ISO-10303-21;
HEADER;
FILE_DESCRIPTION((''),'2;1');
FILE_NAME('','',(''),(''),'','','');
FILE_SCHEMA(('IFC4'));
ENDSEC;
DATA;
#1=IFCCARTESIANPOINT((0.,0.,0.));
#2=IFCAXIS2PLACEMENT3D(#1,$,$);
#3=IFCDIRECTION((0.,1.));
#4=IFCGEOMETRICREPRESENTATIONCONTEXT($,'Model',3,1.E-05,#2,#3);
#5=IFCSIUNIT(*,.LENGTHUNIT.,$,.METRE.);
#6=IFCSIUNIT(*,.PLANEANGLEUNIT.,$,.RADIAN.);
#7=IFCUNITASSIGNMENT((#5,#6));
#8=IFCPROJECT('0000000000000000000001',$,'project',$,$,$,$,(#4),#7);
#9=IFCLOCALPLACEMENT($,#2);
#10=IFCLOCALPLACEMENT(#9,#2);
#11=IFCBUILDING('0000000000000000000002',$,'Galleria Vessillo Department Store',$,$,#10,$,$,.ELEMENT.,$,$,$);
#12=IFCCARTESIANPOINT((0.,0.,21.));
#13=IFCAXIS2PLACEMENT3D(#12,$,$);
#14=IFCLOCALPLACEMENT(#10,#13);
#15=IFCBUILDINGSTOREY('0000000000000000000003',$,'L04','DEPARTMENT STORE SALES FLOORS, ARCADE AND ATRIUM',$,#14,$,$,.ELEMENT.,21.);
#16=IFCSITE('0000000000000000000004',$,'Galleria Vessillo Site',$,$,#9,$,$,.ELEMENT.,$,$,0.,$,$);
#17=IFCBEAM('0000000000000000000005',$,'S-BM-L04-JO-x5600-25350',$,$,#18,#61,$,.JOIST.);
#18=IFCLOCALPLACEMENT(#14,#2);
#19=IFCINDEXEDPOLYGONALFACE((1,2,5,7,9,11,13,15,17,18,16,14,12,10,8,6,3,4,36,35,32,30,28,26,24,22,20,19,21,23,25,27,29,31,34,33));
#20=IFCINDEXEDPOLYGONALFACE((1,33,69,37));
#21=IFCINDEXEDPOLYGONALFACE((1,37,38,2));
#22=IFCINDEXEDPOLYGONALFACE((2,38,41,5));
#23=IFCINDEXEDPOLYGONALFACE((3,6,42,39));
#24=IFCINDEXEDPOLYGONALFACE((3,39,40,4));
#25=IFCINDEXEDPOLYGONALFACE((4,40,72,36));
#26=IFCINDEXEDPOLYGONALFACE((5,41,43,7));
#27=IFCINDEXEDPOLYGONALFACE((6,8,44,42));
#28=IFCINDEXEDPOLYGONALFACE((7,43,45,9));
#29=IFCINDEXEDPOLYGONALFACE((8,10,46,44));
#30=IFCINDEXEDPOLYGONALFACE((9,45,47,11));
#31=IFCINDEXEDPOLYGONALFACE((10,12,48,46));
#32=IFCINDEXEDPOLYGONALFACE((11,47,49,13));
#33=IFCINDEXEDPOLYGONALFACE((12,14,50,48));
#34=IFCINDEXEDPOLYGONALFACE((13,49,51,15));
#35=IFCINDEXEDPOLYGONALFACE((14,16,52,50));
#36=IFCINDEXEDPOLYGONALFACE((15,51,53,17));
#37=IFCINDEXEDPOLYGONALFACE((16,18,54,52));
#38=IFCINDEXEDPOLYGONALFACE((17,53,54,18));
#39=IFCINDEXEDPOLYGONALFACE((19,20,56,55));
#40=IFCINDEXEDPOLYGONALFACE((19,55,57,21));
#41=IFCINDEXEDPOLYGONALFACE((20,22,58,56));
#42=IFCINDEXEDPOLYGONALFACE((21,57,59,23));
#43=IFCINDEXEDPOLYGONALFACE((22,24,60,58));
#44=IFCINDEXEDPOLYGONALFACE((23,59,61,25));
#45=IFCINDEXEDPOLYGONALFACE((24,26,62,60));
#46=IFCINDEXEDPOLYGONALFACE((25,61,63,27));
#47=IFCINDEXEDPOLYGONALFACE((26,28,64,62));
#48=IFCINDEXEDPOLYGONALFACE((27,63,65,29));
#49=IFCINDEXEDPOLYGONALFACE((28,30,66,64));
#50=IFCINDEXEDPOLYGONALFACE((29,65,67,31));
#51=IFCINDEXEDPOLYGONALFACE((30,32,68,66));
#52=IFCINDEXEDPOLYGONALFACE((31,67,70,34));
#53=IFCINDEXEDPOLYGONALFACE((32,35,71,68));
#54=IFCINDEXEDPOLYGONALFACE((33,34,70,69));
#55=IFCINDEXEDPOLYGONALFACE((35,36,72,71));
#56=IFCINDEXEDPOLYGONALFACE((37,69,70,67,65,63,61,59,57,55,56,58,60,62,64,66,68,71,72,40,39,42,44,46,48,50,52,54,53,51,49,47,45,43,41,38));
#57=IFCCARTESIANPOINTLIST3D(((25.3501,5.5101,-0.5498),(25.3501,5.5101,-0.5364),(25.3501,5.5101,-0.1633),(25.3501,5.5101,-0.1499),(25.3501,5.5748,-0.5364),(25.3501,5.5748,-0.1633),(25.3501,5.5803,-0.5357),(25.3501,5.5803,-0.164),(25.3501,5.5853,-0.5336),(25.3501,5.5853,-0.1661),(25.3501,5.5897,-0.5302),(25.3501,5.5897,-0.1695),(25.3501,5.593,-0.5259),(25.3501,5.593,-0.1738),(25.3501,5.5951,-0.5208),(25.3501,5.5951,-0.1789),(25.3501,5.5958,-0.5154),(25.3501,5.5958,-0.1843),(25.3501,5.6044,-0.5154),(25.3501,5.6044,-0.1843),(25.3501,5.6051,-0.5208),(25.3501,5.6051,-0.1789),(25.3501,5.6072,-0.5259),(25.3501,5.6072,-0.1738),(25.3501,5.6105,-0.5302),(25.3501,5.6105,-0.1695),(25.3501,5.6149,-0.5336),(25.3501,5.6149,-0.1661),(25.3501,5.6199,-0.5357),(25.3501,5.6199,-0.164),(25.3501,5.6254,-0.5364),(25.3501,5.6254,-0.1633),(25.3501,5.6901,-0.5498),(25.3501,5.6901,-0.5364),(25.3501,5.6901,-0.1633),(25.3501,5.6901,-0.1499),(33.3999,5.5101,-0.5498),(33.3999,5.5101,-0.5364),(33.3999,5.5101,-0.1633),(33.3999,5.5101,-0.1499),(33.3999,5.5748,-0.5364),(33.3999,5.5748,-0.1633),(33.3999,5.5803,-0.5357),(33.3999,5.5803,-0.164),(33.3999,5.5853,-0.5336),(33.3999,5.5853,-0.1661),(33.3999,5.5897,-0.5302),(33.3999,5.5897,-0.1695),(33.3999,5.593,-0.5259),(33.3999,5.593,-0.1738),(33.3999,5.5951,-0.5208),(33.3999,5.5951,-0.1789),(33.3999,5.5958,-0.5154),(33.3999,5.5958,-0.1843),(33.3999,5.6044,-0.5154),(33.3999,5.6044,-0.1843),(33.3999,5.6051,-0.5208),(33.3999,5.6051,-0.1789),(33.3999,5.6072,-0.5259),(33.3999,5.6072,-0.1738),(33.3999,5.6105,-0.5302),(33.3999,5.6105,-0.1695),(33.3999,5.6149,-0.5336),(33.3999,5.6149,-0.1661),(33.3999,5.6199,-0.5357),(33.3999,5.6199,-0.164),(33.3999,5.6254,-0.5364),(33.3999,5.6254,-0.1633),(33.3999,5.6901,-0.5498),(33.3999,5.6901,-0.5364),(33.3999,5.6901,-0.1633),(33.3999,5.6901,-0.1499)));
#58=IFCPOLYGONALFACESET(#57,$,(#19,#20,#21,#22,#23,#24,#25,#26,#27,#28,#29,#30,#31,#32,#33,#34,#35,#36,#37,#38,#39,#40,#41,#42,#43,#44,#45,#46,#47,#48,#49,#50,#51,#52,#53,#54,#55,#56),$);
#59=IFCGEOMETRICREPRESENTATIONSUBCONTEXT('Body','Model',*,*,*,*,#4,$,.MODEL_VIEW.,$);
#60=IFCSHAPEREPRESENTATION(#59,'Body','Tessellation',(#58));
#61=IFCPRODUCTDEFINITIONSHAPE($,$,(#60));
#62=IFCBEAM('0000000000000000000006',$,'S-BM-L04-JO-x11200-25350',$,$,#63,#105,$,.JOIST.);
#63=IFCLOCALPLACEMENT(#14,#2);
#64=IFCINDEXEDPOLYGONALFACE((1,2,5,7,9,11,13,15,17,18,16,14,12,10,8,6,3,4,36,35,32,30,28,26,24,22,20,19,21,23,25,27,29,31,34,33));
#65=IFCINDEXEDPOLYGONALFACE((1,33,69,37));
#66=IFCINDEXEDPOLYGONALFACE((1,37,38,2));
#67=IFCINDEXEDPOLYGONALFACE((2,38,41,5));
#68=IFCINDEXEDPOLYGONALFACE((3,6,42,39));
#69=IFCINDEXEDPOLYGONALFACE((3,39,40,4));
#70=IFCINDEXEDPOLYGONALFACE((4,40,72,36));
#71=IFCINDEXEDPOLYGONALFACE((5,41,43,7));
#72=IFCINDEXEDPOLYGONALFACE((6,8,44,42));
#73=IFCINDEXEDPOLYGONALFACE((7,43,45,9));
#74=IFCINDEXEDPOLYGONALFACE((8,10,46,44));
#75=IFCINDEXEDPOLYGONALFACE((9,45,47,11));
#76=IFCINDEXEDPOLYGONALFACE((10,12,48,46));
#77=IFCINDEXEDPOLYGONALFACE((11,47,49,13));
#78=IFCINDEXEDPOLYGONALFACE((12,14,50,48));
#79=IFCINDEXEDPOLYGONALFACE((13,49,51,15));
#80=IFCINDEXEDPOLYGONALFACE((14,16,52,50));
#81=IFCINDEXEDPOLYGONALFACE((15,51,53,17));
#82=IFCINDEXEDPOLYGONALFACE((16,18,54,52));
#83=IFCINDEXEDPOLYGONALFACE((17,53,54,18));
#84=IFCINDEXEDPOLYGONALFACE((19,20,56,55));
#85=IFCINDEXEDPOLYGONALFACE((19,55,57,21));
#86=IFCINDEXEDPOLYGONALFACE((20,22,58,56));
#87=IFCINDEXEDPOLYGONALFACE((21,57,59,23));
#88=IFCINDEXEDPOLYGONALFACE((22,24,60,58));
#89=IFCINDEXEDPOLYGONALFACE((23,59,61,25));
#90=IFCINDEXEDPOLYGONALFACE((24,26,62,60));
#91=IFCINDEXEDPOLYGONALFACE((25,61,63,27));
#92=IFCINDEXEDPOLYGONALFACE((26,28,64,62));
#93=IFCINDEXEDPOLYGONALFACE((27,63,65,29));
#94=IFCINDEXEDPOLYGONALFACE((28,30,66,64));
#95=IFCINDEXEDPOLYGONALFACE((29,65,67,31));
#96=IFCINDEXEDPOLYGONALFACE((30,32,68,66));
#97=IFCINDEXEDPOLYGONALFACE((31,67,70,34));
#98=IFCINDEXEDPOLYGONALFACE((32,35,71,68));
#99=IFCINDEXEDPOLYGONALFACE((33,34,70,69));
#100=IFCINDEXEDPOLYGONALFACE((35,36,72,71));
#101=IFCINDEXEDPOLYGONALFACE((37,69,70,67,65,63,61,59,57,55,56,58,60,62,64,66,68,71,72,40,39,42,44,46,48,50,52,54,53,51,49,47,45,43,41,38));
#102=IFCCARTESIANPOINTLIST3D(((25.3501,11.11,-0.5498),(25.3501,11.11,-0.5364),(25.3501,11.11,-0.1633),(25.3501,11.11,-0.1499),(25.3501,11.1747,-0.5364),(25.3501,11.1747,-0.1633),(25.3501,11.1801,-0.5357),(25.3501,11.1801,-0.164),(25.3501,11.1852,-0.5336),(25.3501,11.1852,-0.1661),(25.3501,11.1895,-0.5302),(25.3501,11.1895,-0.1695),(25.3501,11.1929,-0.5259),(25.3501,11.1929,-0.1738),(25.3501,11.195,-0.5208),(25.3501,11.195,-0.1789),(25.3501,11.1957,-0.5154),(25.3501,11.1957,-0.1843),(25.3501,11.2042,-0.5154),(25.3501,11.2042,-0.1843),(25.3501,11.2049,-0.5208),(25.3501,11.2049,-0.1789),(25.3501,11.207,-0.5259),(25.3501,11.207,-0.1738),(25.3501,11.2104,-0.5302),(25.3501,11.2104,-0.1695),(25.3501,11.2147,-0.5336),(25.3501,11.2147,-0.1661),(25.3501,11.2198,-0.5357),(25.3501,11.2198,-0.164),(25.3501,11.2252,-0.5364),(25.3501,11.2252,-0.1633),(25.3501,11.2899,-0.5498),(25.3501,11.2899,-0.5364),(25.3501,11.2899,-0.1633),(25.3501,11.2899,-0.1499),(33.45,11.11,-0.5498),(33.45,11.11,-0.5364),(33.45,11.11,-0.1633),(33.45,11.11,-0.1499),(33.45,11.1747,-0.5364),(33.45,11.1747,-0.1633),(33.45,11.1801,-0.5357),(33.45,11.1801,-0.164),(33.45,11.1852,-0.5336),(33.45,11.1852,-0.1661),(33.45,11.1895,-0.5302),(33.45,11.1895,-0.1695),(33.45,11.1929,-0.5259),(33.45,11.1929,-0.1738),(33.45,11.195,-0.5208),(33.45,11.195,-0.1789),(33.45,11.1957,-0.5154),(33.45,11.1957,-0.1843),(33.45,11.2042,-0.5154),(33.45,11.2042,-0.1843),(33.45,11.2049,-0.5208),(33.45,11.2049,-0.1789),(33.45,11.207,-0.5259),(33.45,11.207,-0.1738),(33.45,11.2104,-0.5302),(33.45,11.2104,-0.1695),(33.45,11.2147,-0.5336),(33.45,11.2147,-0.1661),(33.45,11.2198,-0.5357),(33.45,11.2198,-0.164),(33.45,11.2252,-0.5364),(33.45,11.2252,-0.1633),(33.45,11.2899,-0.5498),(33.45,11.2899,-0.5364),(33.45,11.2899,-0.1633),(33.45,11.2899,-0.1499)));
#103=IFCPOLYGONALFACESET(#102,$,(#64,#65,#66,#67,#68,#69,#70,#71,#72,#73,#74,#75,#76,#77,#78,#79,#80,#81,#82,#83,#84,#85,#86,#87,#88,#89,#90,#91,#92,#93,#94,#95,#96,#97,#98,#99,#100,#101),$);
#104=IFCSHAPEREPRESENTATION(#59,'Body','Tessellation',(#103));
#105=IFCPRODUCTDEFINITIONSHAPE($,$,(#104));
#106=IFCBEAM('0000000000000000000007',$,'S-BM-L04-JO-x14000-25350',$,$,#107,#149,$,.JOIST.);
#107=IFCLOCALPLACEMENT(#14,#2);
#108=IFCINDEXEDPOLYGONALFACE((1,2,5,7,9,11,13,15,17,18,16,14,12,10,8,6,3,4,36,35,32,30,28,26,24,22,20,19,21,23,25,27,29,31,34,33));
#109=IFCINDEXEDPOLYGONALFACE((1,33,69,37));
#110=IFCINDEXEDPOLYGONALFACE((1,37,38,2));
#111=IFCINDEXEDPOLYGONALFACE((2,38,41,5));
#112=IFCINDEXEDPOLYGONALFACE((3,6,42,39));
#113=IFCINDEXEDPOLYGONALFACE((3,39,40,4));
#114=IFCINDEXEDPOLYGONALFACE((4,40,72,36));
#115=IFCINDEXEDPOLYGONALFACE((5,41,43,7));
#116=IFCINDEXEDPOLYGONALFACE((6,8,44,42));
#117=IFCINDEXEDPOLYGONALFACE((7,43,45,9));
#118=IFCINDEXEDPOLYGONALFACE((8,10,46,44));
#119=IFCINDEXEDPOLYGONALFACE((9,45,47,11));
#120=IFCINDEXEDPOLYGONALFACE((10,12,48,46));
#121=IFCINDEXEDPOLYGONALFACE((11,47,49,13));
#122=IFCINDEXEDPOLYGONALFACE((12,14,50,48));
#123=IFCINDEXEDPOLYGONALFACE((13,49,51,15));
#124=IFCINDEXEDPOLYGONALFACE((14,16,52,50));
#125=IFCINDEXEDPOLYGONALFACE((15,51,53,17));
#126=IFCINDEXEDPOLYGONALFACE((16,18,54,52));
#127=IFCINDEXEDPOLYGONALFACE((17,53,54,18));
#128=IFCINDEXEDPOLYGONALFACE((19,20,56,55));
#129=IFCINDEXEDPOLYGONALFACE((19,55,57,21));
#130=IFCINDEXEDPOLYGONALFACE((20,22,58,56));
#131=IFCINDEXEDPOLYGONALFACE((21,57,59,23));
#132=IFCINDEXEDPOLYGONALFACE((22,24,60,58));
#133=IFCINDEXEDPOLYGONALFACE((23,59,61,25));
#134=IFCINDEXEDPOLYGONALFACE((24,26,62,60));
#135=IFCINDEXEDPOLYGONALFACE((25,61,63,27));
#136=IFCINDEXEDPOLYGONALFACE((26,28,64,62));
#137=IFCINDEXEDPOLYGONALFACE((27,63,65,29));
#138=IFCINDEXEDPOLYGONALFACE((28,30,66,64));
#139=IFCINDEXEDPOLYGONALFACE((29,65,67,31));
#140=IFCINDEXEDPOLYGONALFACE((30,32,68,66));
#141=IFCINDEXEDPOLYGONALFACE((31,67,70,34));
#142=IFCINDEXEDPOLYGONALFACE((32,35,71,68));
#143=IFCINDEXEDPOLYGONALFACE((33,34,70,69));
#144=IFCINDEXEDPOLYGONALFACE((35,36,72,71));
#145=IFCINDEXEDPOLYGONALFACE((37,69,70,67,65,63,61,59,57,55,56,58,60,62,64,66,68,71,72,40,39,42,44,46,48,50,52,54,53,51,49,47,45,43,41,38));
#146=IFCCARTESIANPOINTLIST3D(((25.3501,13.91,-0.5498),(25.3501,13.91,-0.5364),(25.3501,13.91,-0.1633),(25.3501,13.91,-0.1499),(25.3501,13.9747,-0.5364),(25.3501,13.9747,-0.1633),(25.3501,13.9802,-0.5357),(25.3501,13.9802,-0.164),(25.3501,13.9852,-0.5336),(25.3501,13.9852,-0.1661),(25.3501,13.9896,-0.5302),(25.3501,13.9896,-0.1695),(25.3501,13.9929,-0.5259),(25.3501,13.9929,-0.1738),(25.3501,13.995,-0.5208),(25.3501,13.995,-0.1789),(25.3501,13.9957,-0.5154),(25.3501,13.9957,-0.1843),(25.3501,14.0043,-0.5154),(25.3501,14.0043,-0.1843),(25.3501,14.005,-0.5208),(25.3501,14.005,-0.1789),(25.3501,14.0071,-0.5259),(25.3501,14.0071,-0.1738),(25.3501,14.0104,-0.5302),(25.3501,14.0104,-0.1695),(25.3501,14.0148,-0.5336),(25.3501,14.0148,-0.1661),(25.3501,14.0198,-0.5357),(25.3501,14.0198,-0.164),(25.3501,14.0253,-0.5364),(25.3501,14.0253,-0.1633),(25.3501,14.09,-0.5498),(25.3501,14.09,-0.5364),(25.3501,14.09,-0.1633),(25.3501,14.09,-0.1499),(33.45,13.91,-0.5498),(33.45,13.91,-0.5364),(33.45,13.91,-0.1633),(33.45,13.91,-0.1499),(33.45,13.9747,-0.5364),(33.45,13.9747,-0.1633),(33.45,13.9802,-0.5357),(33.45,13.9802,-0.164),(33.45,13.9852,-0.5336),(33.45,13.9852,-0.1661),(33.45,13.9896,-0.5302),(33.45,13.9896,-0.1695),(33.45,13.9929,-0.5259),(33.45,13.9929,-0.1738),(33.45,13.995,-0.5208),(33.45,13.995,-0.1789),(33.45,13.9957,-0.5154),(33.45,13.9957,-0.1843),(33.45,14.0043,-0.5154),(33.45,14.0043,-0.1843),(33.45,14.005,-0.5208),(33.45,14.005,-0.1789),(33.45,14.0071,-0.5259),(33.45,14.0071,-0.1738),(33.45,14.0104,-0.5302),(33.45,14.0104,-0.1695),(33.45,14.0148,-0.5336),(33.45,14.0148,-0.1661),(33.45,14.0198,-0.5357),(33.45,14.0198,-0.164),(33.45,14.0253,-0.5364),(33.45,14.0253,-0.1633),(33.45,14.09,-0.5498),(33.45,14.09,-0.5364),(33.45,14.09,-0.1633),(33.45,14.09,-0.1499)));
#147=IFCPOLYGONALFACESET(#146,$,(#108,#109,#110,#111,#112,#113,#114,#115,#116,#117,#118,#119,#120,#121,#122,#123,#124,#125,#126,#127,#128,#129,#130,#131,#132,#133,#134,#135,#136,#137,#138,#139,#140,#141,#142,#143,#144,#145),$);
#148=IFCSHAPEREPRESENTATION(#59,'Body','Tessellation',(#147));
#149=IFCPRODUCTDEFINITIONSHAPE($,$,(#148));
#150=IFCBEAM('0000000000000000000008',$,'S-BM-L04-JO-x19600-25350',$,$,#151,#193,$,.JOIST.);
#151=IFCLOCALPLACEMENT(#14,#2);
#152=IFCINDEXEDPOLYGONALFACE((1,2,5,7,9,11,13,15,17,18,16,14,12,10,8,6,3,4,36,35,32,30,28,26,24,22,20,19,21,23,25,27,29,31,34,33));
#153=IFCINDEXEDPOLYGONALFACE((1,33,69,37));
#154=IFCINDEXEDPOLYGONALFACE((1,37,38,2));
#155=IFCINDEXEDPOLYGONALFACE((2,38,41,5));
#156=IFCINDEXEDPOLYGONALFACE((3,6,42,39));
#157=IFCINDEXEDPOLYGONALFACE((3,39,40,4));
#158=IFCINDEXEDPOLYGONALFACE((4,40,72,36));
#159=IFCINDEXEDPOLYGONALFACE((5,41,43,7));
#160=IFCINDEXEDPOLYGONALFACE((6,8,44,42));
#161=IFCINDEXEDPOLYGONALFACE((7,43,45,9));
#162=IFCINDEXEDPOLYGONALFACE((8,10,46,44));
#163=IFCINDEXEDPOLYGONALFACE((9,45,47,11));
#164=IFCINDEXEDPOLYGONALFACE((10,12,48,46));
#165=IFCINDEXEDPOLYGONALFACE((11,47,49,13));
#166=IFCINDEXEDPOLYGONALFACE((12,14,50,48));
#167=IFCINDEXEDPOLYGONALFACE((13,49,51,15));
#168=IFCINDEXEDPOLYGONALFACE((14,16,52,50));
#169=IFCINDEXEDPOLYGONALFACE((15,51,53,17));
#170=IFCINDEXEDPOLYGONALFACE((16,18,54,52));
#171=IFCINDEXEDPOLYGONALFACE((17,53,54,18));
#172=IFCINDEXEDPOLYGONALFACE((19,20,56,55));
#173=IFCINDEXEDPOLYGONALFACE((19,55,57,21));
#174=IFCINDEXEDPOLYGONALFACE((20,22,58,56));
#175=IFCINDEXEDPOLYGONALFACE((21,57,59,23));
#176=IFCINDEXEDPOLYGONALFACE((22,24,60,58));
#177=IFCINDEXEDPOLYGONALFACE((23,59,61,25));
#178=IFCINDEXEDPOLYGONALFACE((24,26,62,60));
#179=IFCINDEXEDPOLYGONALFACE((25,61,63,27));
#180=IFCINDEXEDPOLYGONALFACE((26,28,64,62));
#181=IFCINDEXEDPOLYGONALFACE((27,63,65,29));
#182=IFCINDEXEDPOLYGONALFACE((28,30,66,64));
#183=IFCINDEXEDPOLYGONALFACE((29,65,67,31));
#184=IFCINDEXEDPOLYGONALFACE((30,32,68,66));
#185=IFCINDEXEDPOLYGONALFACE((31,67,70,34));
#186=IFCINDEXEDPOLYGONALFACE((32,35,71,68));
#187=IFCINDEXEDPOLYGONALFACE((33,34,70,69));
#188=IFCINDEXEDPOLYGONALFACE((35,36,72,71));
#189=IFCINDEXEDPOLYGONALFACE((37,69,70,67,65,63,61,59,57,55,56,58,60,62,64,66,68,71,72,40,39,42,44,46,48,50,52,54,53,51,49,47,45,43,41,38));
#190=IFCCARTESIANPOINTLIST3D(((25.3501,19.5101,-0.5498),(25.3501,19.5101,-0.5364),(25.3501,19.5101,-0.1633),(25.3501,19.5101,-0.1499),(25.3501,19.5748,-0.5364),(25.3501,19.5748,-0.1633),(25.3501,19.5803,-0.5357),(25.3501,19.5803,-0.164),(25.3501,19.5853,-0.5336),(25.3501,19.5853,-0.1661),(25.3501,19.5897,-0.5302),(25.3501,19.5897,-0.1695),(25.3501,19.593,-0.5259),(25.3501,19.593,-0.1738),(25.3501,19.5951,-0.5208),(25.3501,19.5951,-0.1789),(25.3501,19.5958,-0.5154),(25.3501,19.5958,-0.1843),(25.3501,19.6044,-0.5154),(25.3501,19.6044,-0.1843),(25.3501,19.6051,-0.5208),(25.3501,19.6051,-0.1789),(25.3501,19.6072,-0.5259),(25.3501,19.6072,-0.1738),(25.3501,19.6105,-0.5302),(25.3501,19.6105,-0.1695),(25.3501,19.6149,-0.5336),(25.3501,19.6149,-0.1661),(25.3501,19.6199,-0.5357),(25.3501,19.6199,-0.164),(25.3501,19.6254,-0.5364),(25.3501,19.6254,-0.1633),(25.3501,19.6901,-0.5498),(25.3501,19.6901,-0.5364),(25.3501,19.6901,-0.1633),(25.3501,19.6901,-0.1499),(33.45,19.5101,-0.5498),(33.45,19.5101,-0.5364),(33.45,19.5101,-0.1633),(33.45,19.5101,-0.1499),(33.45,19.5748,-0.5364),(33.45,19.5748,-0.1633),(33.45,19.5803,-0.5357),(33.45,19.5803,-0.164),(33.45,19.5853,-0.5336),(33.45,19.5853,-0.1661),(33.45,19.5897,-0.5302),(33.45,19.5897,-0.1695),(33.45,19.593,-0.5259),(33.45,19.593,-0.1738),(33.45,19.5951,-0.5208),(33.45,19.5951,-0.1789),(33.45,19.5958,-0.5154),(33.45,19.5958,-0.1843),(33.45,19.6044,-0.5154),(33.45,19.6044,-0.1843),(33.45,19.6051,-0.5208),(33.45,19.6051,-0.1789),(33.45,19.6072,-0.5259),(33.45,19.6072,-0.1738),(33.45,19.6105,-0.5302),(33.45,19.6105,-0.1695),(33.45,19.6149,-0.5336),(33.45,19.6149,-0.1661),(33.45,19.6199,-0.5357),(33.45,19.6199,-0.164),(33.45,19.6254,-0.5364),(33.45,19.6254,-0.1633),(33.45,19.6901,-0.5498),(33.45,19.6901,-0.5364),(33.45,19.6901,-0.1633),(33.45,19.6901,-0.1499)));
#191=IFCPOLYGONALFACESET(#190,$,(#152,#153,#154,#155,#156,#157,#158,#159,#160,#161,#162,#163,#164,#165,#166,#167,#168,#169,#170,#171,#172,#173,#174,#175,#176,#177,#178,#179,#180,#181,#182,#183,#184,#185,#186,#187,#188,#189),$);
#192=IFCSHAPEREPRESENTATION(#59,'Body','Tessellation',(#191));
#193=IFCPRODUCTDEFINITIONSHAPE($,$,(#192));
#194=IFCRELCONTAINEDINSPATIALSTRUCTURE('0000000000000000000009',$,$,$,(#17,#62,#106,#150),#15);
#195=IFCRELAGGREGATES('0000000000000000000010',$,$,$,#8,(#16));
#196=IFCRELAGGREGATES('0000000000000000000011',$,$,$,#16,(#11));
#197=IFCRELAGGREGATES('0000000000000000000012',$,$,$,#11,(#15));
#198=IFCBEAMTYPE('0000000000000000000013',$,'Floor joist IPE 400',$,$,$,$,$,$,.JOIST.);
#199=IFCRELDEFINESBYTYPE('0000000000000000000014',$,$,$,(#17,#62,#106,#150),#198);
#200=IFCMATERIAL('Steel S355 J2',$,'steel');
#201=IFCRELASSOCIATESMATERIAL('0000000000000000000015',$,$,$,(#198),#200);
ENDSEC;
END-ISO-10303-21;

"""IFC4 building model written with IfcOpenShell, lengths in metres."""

from ifc_helpers import new_model, si_unit, direction, frame, origin, origin_2d, place, context, subcontext, project, spatial, i_section, extrude, material, material_profile, profile_set, type_object, element, save


model = new_model("IFC4")

# Units and contexts
model_context = context("Model", 3, precision=1e-05, world=origin(), true_north=direction((0.0, 1.0)))
body_context = subcontext(model_context, "Body", "Model", "MODEL_VIEW")
ifc_project = project(units=[si_unit("LENGTHUNIT", "METRE"), si_unit("PLANEANGLEUNIT", "RADIAN")], contexts=[model_context])

# Site, building, storey
site_placement = place(None, origin())
site = spatial("IfcSite", under=ifc_project, at=site_placement, Name="Galleria Vessillo Site", CompositionType="ELEMENT", RefElevation=0.0)
building_placement = place(site_placement, origin())
building = spatial("IfcBuilding", under=site, at=building_placement, Name="Galleria Vessillo Department Store", CompositionType="ELEMENT")
storey_placement = place(building_placement, frame((0.0, 0.0, 21.0)))
storey = spatial("IfcBuildingStorey", under=building, at=storey_placement, Name="L04", Description="DEPARTMENT STORE SALES FLOORS, ARCADE AND ATRIUM", CompositionType="ELEMENT", Elevation=21.0)

# Beams
ifc_material_1 = material(Name="Steel S355 J2", Category="steel")
ifc_material_profile_1 = material_profile(ifc_material_1, i_section(OverallWidth=0.1799, OverallDepth=0.3999, WebThickness=0.0085, FlangeThickness=0.0134, FilletRadius=0.021, at=origin_2d()), Name="IPE 400")
ifc_profile_set_1 = profile_set([ifc_material_profile_1], Name="Steel S355 J2")
beam_type_1 = type_object("IfcBeamType", Name="Floor joist IPE 400", PredefinedType="JOIST", material=ifc_profile_set_1)
for number, where, z_axis, x_axis, name in (
    (1, (25.3501, 5.6001, -0.3499), (1.0, 0.0, 0.0), (0.0, 1.0, 0.0), "S-BM-L04-JO-x5600-25350"),
):
    element("IfcBeam", number, at=place(storey_placement, frame(where, z_axis=z_axis, x_axis=x_axis)), inside=storey, type_object=beam_type_1, Name=name, PredefinedType="JOIST", context=body_context, shape_type="SweptSolid", body=[
        extrude(i_section(OverallWidth=0.1799, OverallDepth=0.3999, WebThickness=0.0085, FlangeThickness=0.0134, FilletRadius=0.021, at=origin_2d()), origin(), (0.0, 0.0, 1.0), 8.0498),
    ])
for number, where, z_axis, x_axis, name in (
    (2, (25.3501, 11.2, -0.3499), (1.0, 0.0, 0.0), (0.0, 1.0, 0.0), "S-BM-L04-JO-x11200-25350"),
    (3, (25.3501, 14.0, -0.3499), (1.0, 0.0, 0.0), (0.0, 1.0, 0.0), "S-BM-L04-JO-x14000-25350"),
    (4, (25.3501, 19.6001, -0.3499), (1.0, 0.0, 0.0), (0.0, 1.0, 0.0), "S-BM-L04-JO-x19600-25350"),
):
    element("IfcBeam", number, at=place(storey_placement, frame(where, z_axis=z_axis, x_axis=x_axis)), inside=storey, type_object=beam_type_1, Name=name, PredefinedType="JOIST", context=body_context, shape_type="SweptSolid", body=[
        extrude(i_section(OverallWidth=0.1799, OverallDepth=0.3999, WebThickness=0.0085, FlangeThickness=0.0134, FilletRadius=0.021, at=origin_2d()), origin(), (0.0, 0.0, 1.0), 8.0999),
    ])

save(model, "model.ifc")
